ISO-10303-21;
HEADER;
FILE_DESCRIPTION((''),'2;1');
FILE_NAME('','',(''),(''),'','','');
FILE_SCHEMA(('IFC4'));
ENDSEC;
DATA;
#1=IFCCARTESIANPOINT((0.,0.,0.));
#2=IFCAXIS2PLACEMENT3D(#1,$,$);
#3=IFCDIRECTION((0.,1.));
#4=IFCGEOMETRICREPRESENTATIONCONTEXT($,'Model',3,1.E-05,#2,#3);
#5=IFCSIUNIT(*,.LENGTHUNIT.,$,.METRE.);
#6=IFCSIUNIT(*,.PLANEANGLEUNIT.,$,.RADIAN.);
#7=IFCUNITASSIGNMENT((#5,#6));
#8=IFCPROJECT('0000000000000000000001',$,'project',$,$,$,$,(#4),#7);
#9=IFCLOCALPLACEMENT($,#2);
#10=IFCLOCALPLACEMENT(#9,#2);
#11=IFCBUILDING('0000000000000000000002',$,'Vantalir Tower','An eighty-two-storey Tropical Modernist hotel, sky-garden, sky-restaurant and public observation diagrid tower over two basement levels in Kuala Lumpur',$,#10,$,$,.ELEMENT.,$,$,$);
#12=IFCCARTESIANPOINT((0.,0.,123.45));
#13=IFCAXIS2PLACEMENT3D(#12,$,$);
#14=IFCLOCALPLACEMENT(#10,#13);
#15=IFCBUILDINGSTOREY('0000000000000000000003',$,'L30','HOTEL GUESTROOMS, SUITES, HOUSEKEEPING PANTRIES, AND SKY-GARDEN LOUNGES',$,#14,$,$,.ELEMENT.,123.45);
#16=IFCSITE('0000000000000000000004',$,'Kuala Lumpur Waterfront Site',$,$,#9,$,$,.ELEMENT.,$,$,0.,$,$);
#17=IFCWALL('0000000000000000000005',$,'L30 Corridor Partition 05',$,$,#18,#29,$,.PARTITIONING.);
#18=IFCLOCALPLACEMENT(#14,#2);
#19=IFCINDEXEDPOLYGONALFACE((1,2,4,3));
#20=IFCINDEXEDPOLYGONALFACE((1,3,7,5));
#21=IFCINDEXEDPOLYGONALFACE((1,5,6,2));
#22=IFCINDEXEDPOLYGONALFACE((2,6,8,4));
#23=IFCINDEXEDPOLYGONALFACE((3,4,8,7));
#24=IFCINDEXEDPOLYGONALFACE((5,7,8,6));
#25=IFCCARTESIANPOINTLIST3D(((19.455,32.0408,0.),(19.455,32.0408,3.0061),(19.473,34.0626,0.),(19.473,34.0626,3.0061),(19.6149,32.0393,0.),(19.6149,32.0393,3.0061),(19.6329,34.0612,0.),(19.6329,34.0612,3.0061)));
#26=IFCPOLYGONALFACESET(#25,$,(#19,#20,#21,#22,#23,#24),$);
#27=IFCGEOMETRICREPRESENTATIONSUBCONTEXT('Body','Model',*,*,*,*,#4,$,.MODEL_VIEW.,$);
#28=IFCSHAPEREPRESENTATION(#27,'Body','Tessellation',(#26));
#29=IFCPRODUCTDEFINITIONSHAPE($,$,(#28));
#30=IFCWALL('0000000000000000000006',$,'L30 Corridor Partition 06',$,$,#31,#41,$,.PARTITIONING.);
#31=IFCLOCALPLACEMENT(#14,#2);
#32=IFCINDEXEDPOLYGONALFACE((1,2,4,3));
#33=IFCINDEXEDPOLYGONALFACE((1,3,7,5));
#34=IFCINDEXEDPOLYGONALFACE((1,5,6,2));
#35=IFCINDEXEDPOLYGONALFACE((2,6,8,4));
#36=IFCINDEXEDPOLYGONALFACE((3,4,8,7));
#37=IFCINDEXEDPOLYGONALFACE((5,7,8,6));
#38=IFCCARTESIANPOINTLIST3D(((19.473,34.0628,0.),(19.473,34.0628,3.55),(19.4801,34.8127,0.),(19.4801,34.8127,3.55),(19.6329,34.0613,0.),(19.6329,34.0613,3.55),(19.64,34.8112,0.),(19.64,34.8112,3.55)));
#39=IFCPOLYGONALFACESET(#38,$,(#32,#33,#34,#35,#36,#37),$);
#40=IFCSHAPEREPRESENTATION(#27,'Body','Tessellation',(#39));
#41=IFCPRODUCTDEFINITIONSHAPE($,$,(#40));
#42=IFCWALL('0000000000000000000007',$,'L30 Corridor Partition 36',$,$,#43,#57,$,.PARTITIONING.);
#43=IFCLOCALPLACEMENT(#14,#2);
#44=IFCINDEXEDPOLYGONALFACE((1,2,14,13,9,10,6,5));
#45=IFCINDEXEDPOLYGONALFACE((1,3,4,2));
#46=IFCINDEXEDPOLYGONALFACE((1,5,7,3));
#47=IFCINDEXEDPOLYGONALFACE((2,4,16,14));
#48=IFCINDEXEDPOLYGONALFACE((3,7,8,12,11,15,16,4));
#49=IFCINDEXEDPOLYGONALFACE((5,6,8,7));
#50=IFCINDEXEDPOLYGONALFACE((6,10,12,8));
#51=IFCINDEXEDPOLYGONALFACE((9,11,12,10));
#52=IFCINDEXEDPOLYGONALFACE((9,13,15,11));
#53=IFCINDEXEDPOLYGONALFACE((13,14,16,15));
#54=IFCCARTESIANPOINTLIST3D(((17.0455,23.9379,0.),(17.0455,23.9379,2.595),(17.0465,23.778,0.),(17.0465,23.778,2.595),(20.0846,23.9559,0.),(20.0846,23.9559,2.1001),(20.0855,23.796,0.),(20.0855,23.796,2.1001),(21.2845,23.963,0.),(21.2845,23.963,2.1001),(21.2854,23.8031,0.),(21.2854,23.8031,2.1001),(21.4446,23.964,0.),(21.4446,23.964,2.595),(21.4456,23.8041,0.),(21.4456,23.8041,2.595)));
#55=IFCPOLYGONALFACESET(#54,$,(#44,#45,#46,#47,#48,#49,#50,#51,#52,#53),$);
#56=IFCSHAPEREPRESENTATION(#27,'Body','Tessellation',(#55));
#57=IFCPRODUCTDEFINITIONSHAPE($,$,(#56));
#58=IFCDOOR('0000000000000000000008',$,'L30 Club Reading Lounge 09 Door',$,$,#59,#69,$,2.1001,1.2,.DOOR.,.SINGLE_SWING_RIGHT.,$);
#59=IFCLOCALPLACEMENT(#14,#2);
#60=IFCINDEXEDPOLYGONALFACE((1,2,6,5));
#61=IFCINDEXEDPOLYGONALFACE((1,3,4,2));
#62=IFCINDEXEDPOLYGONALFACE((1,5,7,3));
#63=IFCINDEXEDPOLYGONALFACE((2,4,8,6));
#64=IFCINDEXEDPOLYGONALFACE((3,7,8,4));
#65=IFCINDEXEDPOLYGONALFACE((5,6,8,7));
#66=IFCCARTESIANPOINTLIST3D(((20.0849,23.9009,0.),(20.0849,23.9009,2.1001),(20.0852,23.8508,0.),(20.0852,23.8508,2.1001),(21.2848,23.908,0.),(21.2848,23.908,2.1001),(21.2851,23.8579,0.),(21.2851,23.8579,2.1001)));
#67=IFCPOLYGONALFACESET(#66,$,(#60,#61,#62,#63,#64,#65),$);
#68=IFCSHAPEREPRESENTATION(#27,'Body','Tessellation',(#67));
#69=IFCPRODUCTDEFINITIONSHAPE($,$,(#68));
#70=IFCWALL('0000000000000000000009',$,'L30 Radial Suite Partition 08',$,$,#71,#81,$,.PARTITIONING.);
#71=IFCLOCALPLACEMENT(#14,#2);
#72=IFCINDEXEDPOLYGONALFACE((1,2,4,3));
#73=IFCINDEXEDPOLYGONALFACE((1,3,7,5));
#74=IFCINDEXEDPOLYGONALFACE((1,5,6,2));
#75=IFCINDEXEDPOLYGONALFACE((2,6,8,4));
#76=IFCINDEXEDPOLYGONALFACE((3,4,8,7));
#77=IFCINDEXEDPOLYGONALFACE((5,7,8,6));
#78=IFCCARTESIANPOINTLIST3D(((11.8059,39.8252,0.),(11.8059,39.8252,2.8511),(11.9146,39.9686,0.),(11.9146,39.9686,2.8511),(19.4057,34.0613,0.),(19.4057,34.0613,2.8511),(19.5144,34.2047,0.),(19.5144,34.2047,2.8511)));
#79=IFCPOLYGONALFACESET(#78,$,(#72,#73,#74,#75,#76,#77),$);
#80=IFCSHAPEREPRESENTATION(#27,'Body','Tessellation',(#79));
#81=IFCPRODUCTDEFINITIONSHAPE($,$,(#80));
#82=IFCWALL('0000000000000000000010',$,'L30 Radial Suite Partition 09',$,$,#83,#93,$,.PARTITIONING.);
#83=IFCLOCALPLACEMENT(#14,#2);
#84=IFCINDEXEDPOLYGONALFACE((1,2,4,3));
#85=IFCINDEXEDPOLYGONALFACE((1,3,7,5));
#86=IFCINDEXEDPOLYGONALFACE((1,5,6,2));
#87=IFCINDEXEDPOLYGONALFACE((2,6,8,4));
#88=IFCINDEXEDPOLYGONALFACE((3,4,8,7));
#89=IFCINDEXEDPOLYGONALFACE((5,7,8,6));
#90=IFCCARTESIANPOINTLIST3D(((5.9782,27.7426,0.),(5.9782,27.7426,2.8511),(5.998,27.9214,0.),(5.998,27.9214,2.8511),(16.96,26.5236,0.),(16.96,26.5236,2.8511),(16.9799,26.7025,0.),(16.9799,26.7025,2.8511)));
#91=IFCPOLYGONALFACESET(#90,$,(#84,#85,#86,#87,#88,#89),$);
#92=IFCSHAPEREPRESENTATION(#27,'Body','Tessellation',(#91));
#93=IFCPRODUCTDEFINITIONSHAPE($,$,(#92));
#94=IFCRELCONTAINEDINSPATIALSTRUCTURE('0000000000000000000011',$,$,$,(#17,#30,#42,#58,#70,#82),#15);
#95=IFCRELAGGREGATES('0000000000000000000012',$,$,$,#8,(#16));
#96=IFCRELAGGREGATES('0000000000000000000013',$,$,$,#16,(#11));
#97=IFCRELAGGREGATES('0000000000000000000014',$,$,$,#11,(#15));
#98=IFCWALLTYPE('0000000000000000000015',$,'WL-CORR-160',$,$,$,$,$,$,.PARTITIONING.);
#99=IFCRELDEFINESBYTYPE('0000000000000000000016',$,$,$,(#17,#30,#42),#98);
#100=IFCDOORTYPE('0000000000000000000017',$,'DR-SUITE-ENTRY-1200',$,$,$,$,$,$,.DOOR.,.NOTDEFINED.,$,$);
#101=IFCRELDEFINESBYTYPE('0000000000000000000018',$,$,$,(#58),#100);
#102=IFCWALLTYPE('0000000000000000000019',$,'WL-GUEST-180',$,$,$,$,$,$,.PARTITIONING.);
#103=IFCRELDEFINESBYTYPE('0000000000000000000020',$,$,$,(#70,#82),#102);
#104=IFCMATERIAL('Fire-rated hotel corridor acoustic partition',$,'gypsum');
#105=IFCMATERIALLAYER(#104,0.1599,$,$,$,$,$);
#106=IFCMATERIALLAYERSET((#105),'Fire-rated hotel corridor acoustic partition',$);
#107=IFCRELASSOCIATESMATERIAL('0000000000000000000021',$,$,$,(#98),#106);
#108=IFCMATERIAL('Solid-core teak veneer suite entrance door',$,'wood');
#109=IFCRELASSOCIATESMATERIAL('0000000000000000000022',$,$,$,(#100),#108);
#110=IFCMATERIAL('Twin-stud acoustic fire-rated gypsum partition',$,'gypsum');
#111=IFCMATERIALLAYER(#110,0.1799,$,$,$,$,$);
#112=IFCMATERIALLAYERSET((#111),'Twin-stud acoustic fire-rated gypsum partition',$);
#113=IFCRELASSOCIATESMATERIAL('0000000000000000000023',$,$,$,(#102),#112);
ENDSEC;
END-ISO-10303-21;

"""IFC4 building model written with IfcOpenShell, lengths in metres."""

from ifc_helpers import new_model, si_unit, direction, frame, frame_2d, origin, place, context, subcontext, project, spatial, rectangle, extrude, material, layer, layer_set, type_object, element, fill, save


model = new_model("IFC4")

# Units and contexts
model_context = context("Model", 3, precision=1e-05, world=origin(), true_north=direction((0.0, 1.0)))
body_context = subcontext(model_context, "Body", "Model", "MODEL_VIEW")
ifc_project = project(units=[si_unit("LENGTHUNIT", "METRE"), si_unit("PLANEANGLEUNIT", "RADIAN")], contexts=[model_context])

# Site, building, storey
site_placement = place(None, origin())
site = spatial("IfcSite", under=ifc_project, at=site_placement, Name="Kuala Lumpur Waterfront Site", CompositionType="ELEMENT", RefElevation=0.0)
building_placement = place(site_placement, origin())
building = spatial("IfcBuilding", under=site, at=building_placement, Name="Vantalir Tower", Description="An eighty-two-storey Tropical Modernist hotel, sky-garden, sky-restaurant and public observation diagrid tower over two basement levels in Kuala Lumpur", CompositionType="ELEMENT")
storey_placement = place(building_placement, frame((0.0, 0.0, 123.45)))
storey = spatial("IfcBuildingStorey", under=building, at=storey_placement, Name="L30", Description="HOTEL GUESTROOMS, SUITES, HOUSEKEEPING PANTRIES, AND SKY-GARDEN LOUNGES", CompositionType="ELEMENT", Elevation=123.45)

# Shared definitions
ifc_material_1 = material(Name="Fire-rated hotel corridor acoustic partition", Category="gypsum")
ifc_layer_1 = layer(ifc_material_1, 0.1599)
ifc_layer_set_1 = layer_set([ifc_layer_1], Name="Fire-rated hotel corridor acoustic partition")
wall_type_1 = type_object("IfcWallType", Name="WL-CORR-160", PredefinedType="PARTITIONING", material=ifc_layer_set_1)

# Shared definitions
ifc_material_2 = material(Name="Solid-core teak veneer suite entrance door", Category="wood")
door_type_1 = type_object("IfcDoorType", Name="DR-SUITE-ENTRY-1200", OperationType="NOTDEFINED", PredefinedType="DOOR", material=ifc_material_2)

# Walls
wall_1_placement = place(storey_placement, frame((19.5349, 32.04, 0.0), z_axis=(0.0, 0.0, 1.0), x_axis=(0.008935, 0.99996, 0.0)))
element("IfcWall", 1, at=wall_1_placement, inside=storey, type_object=wall_type_1, Name="L30 Corridor Partition 05", PredefinedType="PARTITIONING", context=body_context, shape_type="SweptSolid", body=[
    extrude(rectangle(XDim=2.022, YDim=0.1599, at=frame_2d((1.011, 0.0))), origin(), (0.0, 0.0, 1.0), 3.0061),
])
wall_2_placement = place(storey_placement, frame((19.553, 34.062, 0.0), z_axis=(0.0, 0.0, 1.0), x_axis=(0.00944, 0.999955, 0.0)))
element("IfcWall", 2, at=wall_2_placement, inside=storey, type_object=wall_type_1, Name="L30 Corridor Partition 06", PredefinedType="PARTITIONING", context=body_context, shape_type="SweptSolid", body=[
    extrude(rectangle(XDim=0.75, YDim=0.1599, at=frame_2d((0.375, 0.0))), origin(), (0.0, 0.0, 1.0), 3.55),
])

# Wall, opening, door
wall_3_placement = place(storey_placement, frame((17.0459, 23.8579, 0.0), z_axis=(0.0, 0.0, 1.0), x_axis=(0.999982, 0.005938, 0.0)))
wall_3 = element("IfcWall", 3, at=wall_3_placement, inside=storey, type_object=wall_type_1, Name="L30 Corridor Partition 36", PredefinedType="PARTITIONING", context=body_context, shape_type="SweptSolid", body=[
    extrude(rectangle(XDim=4.3992, YDim=0.1599, at=frame_2d((2.1997, 0.0))), origin(), (0.0, 0.0, 1.0), 2.595),
])
opening_1_placement = place(wall_3_placement, frame((3.0391, 0.0, 0.0)))
opening_1 = element("IfcOpeningElement", 4, at=opening_1_placement, cuts=wall_3, PredefinedType="OPENING", context=body_context, shape_type="SweptSolid", body=[
    extrude(rectangle(XDim=1.2, YDim=2.1001, at=frame_2d((0.6001, 1.05))), frame((0.0, 0.0898, 0.0), z_axis=(0.0, -1.0, 0.0), x_axis=(1.0, 0.0, 0.0)), (0.0, 0.0, 1.0), 0.1799),
])
door_1_placement = place(opening_1_placement, origin())
door_1 = element("IfcDoor", 5, at=door_1_placement, inside=storey, type_object=door_type_1, Name="L30 Club Reading Lounge 09 Door", OperationType="SINGLE_SWING_RIGHT", OverallHeight=2.1001, OverallWidth=1.2, PredefinedType="DOOR", context=body_context, shape_type="SweptSolid", body=[
    extrude(rectangle(XDim=1.2, YDim=2.1001, at=frame_2d((0.6001, 1.05))), frame((0.0, 0.0249, 0.0), z_axis=(0.0, -1.0, 0.0), x_axis=(1.0, 0.0, 0.0)), (0.0, 0.0, 1.0), 0.05),
])
fill(opening_1, door_1)

# Walls
ifc_material_3 = material(Name="Twin-stud acoustic fire-rated gypsum partition", Category="gypsum")
ifc_layer_2 = layer(ifc_material_3, 0.1799)
ifc_layer_set_2 = layer_set([ifc_layer_2], Name="Twin-stud acoustic fire-rated gypsum partition")
wall_type_2 = type_object("IfcWallType", Name="WL-GUEST-180", PredefinedType="PARTITIONING", material=ifc_layer_set_2)
wall_4_placement = place(storey_placement, frame((19.46, 34.1331, 0.0), z_axis=(0.0, 0.0, 1.0), x_axis=(-0.796766, 0.604287, 0.0)))
element("IfcWall", 6, at=wall_4_placement, inside=storey, type_object=wall_type_2, Name="L30 Radial Suite Partition 08", PredefinedType="PARTITIONING", context=body_context, shape_type="SweptSolid", body=[
    extrude(rectangle(XDim=9.5383, YDim=0.1799, at=frame_2d((4.769, 0.0))), origin(), (0.0, 0.0, 1.0), 2.8511),
])
wall_5_placement = place(storey_placement, frame((16.97, 26.613, 0.0), z_axis=(0.0, 0.0, 1.0), x_axis=(-0.993896, 0.110322, 0.0)))
element("IfcWall", 7, at=wall_5_placement, inside=storey, type_object=wall_type_2, Name="L30 Radial Suite Partition 09", PredefinedType="PARTITIONING", context=body_context, shape_type="SweptSolid", body=[
    extrude(rectangle(XDim=11.0493, YDim=0.1799, at=frame_2d((5.5247, 0.0))), origin(), (0.0, 0.0, 1.0), 2.8511),
])

save(model, "model.ifc")
